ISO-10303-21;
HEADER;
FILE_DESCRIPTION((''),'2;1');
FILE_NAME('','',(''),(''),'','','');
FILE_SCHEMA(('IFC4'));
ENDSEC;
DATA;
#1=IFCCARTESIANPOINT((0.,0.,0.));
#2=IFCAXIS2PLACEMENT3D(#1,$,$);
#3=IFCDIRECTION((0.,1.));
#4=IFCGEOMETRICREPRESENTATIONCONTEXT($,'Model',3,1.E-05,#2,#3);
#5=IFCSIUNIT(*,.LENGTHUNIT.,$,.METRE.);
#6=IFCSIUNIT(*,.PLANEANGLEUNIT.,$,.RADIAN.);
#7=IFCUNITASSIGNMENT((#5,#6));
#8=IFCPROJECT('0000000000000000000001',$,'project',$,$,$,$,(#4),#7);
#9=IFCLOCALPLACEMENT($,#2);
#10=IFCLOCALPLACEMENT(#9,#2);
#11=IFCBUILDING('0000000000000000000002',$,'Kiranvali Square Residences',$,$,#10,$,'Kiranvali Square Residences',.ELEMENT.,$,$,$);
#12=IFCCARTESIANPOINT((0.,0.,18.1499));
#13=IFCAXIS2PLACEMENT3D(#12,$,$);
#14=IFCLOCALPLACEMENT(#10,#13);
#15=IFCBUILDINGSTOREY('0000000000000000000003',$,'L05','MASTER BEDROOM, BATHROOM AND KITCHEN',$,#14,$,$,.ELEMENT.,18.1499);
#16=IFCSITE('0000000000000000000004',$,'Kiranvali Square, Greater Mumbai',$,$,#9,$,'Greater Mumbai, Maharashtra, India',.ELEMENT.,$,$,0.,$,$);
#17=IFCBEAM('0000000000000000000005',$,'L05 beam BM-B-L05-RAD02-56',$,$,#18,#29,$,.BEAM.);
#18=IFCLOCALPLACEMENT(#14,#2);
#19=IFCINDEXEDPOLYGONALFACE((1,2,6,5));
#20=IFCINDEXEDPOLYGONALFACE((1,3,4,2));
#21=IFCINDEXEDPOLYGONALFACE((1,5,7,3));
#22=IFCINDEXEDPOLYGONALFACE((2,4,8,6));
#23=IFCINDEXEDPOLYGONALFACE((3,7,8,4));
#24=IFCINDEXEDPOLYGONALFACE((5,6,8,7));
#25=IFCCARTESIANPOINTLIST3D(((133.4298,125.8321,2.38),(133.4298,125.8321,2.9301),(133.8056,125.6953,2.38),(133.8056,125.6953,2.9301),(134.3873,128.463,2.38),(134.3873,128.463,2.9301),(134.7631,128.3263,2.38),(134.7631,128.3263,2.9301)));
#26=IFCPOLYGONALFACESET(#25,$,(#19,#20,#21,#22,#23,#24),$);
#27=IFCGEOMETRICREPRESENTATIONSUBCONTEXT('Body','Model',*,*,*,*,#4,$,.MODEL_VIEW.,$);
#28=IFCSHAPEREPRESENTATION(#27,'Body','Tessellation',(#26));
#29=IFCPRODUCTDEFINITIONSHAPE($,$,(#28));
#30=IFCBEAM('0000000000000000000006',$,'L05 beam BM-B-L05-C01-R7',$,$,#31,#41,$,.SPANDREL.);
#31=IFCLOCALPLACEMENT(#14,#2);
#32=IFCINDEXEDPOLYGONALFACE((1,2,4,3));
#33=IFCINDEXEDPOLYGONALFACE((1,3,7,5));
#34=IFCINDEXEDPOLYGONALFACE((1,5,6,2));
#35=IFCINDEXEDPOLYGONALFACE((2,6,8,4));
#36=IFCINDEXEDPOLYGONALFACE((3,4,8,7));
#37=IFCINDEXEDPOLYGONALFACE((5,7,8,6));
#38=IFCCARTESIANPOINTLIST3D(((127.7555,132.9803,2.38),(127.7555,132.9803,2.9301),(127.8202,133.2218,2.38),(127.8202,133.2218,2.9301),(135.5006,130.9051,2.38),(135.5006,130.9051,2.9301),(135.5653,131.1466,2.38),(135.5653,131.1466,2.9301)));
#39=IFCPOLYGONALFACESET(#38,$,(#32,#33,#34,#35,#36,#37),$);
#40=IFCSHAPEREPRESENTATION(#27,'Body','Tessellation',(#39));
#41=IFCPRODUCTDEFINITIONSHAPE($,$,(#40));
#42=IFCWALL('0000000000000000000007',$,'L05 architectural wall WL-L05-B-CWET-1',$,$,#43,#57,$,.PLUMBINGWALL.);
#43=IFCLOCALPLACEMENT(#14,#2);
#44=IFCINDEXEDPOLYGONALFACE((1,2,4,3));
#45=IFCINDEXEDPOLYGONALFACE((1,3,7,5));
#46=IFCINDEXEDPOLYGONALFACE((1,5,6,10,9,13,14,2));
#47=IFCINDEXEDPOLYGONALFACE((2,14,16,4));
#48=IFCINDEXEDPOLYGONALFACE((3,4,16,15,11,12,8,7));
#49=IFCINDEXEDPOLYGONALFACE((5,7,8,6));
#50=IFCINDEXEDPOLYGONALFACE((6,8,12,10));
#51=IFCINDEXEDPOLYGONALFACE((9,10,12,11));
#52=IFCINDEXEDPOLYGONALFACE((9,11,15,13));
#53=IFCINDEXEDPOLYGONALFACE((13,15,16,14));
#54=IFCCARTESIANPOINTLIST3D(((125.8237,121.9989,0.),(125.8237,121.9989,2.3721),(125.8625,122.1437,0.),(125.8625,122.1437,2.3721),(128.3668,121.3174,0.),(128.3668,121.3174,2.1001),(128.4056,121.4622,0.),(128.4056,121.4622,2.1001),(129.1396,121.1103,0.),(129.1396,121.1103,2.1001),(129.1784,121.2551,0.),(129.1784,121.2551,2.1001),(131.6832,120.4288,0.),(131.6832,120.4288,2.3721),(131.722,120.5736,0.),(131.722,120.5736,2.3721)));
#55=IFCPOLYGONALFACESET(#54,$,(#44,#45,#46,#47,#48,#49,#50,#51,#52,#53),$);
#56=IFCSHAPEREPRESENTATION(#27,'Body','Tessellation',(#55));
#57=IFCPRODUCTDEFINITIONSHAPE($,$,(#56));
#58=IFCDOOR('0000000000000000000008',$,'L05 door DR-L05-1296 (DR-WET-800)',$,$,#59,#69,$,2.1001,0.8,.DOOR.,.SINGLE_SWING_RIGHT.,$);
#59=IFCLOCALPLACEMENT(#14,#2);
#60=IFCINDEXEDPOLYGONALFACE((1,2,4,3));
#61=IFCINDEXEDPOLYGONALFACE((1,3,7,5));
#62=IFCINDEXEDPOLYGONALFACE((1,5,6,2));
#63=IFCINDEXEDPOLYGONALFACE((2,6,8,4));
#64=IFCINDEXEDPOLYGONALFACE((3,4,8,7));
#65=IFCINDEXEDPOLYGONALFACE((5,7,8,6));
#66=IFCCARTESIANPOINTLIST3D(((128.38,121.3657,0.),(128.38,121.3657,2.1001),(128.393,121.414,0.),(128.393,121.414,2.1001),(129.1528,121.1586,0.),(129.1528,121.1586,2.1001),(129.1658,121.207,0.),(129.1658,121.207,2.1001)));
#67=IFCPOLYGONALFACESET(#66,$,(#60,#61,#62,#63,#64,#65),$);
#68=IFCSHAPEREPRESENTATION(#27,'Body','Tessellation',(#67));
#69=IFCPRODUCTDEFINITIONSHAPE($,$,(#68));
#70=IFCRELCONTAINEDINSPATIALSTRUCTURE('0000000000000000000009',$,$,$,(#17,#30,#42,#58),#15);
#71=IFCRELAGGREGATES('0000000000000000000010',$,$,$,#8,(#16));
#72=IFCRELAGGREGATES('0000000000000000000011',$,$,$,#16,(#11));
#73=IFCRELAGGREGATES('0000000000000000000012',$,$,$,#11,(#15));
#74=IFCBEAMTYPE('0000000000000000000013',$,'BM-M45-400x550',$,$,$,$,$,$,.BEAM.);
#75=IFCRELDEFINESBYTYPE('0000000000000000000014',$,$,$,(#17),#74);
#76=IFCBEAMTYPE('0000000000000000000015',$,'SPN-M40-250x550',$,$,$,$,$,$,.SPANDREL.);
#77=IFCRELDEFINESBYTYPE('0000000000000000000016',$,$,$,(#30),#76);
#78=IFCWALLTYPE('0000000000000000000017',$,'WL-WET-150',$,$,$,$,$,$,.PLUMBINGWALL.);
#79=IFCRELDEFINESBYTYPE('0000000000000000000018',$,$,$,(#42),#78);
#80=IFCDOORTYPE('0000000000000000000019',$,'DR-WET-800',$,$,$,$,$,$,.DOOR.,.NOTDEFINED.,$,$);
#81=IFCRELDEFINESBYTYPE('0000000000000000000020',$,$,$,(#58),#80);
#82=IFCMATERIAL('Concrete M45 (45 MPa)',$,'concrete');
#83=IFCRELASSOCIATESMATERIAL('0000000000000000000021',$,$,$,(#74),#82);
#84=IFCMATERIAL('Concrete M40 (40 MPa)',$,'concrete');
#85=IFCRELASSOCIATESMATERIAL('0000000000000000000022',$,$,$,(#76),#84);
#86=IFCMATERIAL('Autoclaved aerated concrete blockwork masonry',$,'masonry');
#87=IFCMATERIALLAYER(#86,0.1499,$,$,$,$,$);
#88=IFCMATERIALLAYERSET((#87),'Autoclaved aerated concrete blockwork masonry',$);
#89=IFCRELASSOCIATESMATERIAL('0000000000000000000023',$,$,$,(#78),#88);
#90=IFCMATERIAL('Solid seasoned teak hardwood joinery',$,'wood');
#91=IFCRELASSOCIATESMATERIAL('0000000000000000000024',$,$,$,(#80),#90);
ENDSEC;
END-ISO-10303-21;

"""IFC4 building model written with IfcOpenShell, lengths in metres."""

from ifc_helpers import new_model, si_unit, direction, frame, frame_2d, origin, origin_2d, place, context, subcontext, project, spatial, rectangle, extrude, material, layer, layer_set, material_profile, profile_set, type_object, element, fill, save


model = new_model("IFC4")

# Units and contexts
model_context = context("Model", 3, precision=1e-05, world=origin(), true_north=direction((0.0, 1.0)))
body_context = subcontext(model_context, "Body", "Model", "MODEL_VIEW")
ifc_project = project(units=[si_unit("LENGTHUNIT", "METRE"), si_unit("PLANEANGLEUNIT", "RADIAN")], contexts=[model_context])

# Site, building, storey
site_placement = place(None, origin())
site = spatial("IfcSite", under=ifc_project, at=site_placement, Name="Kiranvali Square, Greater Mumbai", LongName="Greater Mumbai, Maharashtra, India", CompositionType="ELEMENT", RefElevation=0.0)
building_placement = place(site_placement, origin())
building = spatial("IfcBuilding", under=site, at=building_placement, Name="Kiranvali Square Residences", LongName="Kiranvali Square Residences", CompositionType="ELEMENT")
storey_placement = place(building_placement, frame((0.0, 0.0, 18.1499)))
storey = spatial("IfcBuildingStorey", under=building, at=storey_placement, Name="L05", Description="MASTER BEDROOM, BATHROOM AND KITCHEN", CompositionType="ELEMENT", Elevation=18.1499)

# Shared definitions
ifc_material_1 = material(Name="Concrete M45 (45 MPa)", Category="concrete")

# Beams
ifc_material_profile_1 = material_profile(ifc_material_1, rectangle(XDim=0.3999, YDim=0.55, at=origin_2d()), Name="RC 400x550")
ifc_profile_set_1 = profile_set([ifc_material_profile_1], Name="Concrete M45 (45 MPa)")
beam_type_1 = type_object("IfcBeamType", Name="BM-M45-400x550", PredefinedType="BEAM", material=ifc_profile_set_1)
beam_1_placement = place(storey_placement, frame((133.6177, 125.7637, 2.655), z_axis=(0.341981, 0.939707, 0.0), x_axis=(-0.939707, 0.341981, 0.0)))
element("IfcBeam", 1, at=beam_1_placement, inside=storey, type_object=beam_type_1, Name="L05 beam BM-B-L05-RAD02-56", PredefinedType="BEAM", context=body_context, shape_type="SweptSolid", body=[
    extrude(rectangle(XDim=0.3999, YDim=0.55, at=origin_2d()), origin(), (0.0, 0.0, 1.0), 2.7998),
])
ifc_material_2 = material(Name="Concrete M40 (40 MPa)", Category="concrete")
ifc_material_profile_2 = material_profile(ifc_material_2, rectangle(XDim=0.25, YDim=0.55, at=origin_2d()), Name="RC 250x550")
ifc_profile_set_2 = profile_set([ifc_material_profile_2], Name="Concrete M40 (40 MPa)")
beam_type_2 = type_object("IfcBeamType", Name="SPN-M40-250x550", PredefinedType="SPANDREL", material=ifc_profile_set_2)
beam_2_placement = place(storey_placement, frame((127.7878, 133.1011, 2.655), z_axis=(0.965929, -0.258807, 0.0), x_axis=(0.258807, 0.965929, 0.0)))
element("IfcBeam", 2, at=beam_2_placement, inside=storey, type_object=beam_type_2, Name="L05 beam BM-B-L05-C01-R7", PredefinedType="SPANDREL", context=body_context, shape_type="SweptSolid", body=[
    extrude(rectangle(XDim=0.25, YDim=0.55, at=origin_2d()), origin(), (0.0, 0.0, 1.0), 8.0183),
])

# Wall, opening, door
ifc_material_3 = material(Name="Autoclaved aerated concrete blockwork masonry", Category="masonry")
ifc_layer_1 = layer(ifc_material_3, 0.1499)
ifc_layer_set_1 = layer_set([ifc_layer_1], Name="Autoclaved aerated concrete blockwork masonry")
wall_type_1 = type_object("IfcWallType", Name="WL-WET-150", PredefinedType="PLUMBINGWALL", material=ifc_layer_set_1)
wall_1_placement = place(storey_placement, frame((125.843, 122.0713, 0.0), z_axis=(0.0, 0.0, 1.0), x_axis=(0.965924, -0.258827, 0.0)))
wall_1 = element("IfcWall", 3, at=wall_1_placement, inside=storey, type_object=wall_type_1, Name="L05 architectural wall WL-L05-B-CWET-1", PredefinedType="PLUMBINGWALL", context=body_context, shape_type="SweptSolid", body=[
    extrude(rectangle(XDim=6.0662, YDim=0.1499, at=frame_2d((3.0332, 0.0))), origin(), (0.0, 0.0, 1.0), 2.3721),
])
opening_1_placement = place(wall_1_placement, frame((2.6331, 0.0, 0.0)))
opening_1 = element("IfcOpeningElement", 4, at=opening_1_placement, cuts=wall_1, PredefinedType="OPENING", context=body_context, shape_type="SweptSolid", body=[
    extrude(rectangle(XDim=0.8, YDim=2.1001, at=frame_2d((0.3999, 1.05))), frame((0.0, 0.085, 0.0), z_axis=(0.0, -1.0, 0.0), x_axis=(1.0, 0.0, 0.0)), (0.0, 0.0, 1.0), 0.1699),
])
ifc_material_4 = material(Name="Solid seasoned teak hardwood joinery", Category="wood")
door_type_1 = type_object("IfcDoorType", Name="DR-WET-800", OperationType="NOTDEFINED", PredefinedType="DOOR", material=ifc_material_4)
door_1_placement = place(opening_1_placement, frame((0.8, 0.0, 0.0), z_axis=(0.0, 0.0, 1.0), x_axis=(-1.0, 0.0, 0.0)))
door_1 = element("IfcDoor", 5, at=door_1_placement, inside=storey, type_object=door_type_1, Name="L05 door DR-L05-1296 (DR-WET-800)", OperationType="SINGLE_SWING_RIGHT", OverallHeight=2.1001, OverallWidth=0.8, PredefinedType="DOOR", context=body_context, shape_type="SweptSolid", body=[
    extrude(rectangle(XDim=0.8, YDim=2.1001, at=frame_2d((0.3999, 1.05))), frame((0.0, 0.0249, 0.0), z_axis=(0.0, -1.0, 0.0), x_axis=(1.0, 0.0, 0.0)), (0.0, 0.0, 1.0), 0.05),
])
fill(opening_1, door_1)

save(model, "model.ifc")
